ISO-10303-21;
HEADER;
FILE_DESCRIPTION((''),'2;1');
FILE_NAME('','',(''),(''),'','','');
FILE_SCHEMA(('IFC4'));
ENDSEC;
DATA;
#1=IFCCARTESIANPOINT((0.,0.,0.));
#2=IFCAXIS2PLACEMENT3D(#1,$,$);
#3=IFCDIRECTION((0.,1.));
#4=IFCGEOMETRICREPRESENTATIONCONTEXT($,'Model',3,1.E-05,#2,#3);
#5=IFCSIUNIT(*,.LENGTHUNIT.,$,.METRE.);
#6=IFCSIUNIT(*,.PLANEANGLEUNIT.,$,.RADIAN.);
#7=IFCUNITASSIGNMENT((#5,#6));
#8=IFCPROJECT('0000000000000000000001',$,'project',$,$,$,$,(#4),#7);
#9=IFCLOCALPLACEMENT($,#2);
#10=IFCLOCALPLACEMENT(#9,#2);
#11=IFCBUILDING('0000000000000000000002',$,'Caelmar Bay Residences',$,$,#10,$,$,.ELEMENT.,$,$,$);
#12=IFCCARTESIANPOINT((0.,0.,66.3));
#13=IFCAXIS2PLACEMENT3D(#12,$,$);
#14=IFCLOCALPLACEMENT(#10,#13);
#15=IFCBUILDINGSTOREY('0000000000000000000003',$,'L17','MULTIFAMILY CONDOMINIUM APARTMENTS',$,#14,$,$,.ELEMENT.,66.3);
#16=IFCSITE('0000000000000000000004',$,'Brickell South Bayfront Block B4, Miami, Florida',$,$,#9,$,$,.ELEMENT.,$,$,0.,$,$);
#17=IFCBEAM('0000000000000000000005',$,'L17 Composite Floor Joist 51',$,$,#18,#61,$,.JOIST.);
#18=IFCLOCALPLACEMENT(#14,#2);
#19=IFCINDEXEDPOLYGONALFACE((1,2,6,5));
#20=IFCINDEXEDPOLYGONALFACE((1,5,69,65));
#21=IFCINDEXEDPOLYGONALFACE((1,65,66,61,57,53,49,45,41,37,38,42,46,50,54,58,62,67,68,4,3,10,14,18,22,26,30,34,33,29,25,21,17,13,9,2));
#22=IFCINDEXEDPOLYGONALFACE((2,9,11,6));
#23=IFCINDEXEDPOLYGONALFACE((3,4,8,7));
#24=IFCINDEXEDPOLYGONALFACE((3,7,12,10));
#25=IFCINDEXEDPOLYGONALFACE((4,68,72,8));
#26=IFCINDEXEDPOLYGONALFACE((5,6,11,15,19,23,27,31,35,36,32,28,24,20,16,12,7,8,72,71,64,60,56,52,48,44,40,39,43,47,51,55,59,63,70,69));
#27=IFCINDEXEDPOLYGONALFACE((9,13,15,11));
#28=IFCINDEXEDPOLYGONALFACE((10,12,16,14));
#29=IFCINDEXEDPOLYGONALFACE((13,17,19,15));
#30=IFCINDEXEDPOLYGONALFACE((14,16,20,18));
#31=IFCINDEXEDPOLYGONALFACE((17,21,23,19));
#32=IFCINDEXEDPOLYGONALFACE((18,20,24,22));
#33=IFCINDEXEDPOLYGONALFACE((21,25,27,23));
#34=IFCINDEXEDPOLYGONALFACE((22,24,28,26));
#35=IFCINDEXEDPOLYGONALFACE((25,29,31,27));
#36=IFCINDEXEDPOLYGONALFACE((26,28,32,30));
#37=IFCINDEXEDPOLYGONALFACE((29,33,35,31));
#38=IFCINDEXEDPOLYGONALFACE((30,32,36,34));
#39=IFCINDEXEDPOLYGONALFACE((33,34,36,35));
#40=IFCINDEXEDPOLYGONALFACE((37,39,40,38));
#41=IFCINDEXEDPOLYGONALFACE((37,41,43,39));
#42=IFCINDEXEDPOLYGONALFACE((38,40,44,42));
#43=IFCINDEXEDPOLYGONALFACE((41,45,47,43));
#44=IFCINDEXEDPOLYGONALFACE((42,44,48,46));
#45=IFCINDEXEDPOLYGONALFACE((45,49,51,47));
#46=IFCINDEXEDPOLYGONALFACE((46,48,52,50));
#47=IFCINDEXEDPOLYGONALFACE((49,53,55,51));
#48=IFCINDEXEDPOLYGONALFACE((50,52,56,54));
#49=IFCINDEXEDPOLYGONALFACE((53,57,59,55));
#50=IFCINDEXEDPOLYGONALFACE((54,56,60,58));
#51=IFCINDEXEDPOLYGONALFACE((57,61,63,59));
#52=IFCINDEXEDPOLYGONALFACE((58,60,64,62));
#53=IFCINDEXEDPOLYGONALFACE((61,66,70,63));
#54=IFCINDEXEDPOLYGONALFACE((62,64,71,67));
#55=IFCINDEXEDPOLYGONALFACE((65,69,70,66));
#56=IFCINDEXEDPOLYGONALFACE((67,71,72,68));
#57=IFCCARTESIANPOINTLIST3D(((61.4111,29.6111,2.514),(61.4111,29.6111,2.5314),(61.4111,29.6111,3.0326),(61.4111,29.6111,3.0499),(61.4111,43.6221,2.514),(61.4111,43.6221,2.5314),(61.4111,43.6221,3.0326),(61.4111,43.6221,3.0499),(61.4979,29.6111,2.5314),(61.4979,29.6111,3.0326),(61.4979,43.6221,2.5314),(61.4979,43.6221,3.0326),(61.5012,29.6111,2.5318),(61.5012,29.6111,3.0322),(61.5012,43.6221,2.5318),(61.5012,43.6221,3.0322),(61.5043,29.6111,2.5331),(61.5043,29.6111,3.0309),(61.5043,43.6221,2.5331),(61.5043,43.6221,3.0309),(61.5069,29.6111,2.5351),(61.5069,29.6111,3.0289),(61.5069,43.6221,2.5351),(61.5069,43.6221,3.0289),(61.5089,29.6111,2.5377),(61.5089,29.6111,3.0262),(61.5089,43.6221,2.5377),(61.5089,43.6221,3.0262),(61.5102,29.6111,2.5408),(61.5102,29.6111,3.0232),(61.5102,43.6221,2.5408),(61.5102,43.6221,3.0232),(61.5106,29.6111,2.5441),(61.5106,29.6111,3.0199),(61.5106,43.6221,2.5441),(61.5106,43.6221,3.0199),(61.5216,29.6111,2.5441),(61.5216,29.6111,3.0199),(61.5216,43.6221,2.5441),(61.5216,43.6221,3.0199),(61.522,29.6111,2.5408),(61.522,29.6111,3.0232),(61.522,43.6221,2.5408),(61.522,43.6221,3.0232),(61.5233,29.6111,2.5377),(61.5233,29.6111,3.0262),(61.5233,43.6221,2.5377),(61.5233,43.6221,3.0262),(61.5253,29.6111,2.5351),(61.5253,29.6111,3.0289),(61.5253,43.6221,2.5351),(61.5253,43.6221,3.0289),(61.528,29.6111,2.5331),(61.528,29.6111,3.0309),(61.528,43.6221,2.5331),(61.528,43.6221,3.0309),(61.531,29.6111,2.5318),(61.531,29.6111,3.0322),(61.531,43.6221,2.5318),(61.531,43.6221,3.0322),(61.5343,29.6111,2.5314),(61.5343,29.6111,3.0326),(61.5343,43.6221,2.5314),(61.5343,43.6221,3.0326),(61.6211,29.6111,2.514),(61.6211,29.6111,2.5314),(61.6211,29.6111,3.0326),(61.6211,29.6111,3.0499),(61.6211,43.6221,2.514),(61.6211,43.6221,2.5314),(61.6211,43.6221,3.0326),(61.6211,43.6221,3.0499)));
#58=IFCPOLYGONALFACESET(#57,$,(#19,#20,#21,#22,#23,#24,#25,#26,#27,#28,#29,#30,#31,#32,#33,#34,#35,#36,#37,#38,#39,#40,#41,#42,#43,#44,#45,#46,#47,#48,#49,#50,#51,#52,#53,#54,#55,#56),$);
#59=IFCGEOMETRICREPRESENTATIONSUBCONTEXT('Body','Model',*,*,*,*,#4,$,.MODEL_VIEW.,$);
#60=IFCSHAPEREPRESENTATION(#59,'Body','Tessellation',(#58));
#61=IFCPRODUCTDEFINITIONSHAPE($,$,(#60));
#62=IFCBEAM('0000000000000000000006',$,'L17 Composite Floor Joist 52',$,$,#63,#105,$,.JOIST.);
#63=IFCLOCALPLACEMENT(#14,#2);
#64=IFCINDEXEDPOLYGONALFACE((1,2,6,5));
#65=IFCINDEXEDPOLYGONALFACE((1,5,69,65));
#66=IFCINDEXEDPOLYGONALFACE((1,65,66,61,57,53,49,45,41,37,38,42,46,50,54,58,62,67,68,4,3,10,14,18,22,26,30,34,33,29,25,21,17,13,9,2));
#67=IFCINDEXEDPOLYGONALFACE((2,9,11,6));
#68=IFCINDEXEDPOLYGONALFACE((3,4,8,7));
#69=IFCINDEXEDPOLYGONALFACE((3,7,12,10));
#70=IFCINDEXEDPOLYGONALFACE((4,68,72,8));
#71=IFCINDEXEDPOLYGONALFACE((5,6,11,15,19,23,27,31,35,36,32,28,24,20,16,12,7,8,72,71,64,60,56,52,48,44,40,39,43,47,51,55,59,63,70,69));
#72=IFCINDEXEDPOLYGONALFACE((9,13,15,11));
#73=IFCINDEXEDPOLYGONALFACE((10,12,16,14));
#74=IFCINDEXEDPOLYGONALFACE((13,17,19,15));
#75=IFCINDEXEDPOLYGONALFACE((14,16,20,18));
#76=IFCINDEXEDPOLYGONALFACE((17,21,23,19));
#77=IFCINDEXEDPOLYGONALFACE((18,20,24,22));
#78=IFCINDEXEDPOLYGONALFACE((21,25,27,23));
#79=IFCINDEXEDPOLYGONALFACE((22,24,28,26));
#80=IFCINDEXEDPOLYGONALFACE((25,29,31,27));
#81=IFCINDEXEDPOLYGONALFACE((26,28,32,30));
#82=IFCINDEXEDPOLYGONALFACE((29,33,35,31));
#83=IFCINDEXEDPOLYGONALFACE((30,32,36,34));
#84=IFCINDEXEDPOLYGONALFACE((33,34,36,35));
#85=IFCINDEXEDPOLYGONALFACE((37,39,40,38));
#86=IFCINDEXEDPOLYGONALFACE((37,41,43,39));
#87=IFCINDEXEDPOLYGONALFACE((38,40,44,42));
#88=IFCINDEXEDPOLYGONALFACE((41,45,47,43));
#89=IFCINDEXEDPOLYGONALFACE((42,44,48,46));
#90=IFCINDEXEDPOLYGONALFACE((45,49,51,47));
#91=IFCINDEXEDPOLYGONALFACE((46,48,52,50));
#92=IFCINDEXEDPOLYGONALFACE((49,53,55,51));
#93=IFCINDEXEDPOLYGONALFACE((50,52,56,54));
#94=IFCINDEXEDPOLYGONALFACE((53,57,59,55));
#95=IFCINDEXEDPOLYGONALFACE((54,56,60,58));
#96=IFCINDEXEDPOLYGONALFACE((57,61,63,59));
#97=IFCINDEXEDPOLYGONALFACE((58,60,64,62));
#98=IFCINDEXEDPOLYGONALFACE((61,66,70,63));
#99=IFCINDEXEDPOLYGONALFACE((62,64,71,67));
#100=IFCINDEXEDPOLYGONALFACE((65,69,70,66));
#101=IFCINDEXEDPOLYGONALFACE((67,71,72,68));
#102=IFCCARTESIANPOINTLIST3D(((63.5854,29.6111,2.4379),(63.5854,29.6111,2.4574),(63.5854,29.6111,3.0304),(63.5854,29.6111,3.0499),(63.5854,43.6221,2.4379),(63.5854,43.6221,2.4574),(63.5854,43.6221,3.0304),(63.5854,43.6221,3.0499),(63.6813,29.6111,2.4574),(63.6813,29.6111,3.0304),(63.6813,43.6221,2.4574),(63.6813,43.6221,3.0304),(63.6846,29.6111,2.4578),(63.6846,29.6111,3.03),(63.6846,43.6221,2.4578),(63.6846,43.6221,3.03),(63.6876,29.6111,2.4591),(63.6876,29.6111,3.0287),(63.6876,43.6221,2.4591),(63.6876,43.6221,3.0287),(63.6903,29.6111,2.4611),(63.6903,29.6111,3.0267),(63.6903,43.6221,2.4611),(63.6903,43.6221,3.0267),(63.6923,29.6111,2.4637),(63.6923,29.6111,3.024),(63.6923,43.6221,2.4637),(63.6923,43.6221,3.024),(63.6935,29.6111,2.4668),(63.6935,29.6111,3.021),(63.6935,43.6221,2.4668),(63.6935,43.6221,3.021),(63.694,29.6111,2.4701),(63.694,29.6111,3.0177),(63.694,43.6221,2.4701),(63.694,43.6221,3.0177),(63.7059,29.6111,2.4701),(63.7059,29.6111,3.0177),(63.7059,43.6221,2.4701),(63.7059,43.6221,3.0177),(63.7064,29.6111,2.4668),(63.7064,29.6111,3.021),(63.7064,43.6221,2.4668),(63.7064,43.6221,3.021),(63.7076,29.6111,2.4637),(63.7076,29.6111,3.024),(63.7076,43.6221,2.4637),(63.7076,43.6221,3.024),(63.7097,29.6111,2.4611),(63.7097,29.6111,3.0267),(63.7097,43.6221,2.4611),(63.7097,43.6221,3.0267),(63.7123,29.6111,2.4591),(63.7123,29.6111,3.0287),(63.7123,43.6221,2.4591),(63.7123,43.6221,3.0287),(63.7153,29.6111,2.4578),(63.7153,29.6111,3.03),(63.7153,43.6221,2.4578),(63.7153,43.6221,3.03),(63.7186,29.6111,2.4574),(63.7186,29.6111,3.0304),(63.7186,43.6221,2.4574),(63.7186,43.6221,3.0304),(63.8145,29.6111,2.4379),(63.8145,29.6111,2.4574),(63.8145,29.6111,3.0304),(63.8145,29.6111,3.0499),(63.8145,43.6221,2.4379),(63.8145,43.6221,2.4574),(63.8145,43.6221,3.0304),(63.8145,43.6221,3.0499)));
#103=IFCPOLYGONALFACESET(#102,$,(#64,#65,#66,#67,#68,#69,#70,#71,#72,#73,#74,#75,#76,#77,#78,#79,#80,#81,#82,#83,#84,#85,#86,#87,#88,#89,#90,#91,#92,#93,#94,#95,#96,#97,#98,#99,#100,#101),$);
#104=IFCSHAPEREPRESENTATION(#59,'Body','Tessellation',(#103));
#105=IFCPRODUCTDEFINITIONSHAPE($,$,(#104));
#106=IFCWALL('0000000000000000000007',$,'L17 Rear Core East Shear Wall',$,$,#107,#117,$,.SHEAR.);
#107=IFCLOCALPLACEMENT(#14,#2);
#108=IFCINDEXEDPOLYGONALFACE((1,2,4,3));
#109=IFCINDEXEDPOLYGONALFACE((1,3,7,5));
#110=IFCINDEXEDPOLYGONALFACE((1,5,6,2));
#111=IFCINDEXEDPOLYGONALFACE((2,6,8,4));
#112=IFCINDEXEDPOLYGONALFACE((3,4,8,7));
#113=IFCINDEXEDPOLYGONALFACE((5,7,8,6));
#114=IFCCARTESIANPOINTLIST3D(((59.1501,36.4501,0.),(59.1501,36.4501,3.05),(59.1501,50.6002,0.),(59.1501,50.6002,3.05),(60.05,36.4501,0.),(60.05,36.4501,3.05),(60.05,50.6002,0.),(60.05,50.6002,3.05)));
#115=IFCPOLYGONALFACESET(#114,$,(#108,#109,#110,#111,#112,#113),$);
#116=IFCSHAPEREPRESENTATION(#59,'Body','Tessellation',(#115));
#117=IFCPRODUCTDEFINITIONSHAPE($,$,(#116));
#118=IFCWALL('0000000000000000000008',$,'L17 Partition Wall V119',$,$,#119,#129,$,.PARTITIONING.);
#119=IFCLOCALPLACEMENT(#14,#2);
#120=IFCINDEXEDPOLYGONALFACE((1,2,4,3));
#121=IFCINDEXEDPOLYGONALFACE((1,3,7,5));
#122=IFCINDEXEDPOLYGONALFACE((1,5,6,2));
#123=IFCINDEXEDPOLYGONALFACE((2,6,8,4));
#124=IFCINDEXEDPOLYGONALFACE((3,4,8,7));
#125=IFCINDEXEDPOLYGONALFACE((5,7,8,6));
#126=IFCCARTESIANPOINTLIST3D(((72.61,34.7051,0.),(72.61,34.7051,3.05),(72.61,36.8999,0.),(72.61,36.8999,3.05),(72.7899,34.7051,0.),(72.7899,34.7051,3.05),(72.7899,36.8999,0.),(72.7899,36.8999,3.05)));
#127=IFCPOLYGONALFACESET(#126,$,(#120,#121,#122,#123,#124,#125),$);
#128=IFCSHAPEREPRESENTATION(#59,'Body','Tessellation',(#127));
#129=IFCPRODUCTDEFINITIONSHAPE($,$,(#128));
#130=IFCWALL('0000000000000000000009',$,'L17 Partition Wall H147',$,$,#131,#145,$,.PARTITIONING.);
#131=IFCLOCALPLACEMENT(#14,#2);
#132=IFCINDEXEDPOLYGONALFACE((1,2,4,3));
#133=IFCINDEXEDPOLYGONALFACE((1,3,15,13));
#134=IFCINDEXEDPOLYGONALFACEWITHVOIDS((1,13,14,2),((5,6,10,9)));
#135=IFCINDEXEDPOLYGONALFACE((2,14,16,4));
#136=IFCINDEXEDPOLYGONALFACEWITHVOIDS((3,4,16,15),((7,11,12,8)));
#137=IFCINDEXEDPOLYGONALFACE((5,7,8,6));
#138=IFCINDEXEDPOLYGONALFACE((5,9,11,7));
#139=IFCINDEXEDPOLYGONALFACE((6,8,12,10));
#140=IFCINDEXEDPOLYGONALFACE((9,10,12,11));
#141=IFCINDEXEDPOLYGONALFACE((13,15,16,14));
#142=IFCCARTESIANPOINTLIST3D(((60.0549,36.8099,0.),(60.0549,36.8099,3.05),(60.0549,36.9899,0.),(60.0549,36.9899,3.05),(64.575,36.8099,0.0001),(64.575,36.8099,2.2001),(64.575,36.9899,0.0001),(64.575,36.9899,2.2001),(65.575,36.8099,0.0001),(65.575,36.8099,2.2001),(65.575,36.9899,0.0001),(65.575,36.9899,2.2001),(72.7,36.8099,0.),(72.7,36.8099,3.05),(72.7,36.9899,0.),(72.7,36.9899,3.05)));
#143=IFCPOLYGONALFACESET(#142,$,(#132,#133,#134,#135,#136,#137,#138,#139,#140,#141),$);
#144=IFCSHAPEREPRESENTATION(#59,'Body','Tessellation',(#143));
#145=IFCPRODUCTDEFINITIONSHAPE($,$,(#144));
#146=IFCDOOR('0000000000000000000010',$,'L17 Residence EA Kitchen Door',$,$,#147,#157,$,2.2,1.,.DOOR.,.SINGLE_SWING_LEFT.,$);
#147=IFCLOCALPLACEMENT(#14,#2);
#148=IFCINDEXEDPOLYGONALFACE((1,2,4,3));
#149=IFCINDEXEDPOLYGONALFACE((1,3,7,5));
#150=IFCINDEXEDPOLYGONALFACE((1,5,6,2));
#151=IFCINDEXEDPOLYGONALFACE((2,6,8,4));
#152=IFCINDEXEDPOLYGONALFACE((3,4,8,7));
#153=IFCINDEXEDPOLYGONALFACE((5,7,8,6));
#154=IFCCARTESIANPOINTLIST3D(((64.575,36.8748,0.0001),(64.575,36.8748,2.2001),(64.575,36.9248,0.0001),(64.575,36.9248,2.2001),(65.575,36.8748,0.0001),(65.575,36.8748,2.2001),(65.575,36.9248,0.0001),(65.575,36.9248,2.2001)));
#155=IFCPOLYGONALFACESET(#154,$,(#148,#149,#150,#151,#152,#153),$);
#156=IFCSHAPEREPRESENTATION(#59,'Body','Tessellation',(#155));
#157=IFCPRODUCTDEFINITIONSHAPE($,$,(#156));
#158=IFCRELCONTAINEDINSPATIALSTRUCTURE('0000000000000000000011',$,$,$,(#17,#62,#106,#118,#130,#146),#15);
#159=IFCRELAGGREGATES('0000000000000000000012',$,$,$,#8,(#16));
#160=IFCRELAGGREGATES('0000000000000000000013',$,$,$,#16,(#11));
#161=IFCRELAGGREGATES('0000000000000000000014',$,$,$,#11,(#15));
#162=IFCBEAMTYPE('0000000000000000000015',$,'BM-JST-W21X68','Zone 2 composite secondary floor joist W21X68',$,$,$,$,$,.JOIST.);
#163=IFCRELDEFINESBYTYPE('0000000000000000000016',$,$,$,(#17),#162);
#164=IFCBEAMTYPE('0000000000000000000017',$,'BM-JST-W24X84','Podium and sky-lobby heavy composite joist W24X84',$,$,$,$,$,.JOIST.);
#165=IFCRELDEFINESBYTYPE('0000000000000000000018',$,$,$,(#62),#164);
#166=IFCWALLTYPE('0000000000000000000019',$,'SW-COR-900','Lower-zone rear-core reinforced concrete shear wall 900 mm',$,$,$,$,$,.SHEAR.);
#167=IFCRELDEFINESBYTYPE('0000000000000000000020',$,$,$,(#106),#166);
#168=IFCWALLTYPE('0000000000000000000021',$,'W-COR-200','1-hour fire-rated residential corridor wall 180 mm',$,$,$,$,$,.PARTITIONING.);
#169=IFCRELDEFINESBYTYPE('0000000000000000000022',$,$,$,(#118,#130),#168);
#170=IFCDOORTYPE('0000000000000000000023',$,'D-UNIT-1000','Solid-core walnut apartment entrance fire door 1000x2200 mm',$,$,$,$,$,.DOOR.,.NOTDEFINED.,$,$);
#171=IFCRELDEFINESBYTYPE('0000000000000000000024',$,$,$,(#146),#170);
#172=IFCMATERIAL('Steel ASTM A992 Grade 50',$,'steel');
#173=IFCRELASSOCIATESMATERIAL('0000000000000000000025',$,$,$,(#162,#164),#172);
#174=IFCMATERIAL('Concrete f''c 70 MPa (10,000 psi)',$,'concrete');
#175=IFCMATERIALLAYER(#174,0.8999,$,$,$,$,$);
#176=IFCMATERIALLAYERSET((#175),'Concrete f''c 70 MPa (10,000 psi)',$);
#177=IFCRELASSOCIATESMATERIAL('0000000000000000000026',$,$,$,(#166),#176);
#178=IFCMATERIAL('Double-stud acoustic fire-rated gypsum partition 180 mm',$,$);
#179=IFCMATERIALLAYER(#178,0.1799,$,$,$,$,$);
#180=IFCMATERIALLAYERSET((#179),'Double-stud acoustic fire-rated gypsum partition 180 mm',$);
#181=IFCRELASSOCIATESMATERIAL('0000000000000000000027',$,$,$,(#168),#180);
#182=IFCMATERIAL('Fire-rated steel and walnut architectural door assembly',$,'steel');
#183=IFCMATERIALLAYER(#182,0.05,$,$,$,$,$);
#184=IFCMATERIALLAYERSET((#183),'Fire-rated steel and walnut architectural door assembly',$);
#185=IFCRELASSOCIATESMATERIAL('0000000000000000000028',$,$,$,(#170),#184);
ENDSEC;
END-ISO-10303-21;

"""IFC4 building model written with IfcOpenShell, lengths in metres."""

from ifc_helpers import new_model, si_unit, direction, frame, frame_2d, origin, origin_2d, place, context, subcontext, project, spatial, rectangle, i_section, extrude, material, layer, layer_set, material_profile, profile_set, type_object, element, fill, save


model = new_model("IFC4")

# Units and contexts
model_context = context("Model", 3, precision=1e-05, world=origin(), true_north=direction((0.0, 1.0)))
body_context = subcontext(model_context, "Body", "Model", "MODEL_VIEW")
ifc_project = project(units=[si_unit("LENGTHUNIT", "METRE"), si_unit("PLANEANGLEUNIT", "RADIAN")], contexts=[model_context])

# Site, building, storey
site_placement = place(None, origin())
site = spatial("IfcSite", under=ifc_project, at=site_placement, Name="Brickell South Bayfront Block B4, Miami, Florida", CompositionType="ELEMENT", RefElevation=0.0)
building_placement = place(site_placement, origin())
building = spatial("IfcBuilding", under=site, at=building_placement, Name="Caelmar Bay Residences", CompositionType="ELEMENT")
storey_placement = place(building_placement, frame((0.0, 0.0, 66.3)))
storey = spatial("IfcBuildingStorey", under=building, at=storey_placement, Name="L17", Description="MULTIFAMILY CONDOMINIUM APARTMENTS", CompositionType="ELEMENT", Elevation=66.3)

# Shared definitions
ifc_material_1 = material(Name="Concrete f'c 70 MPa (10,000 psi)", Category="concrete")

# Beams
ifc_material_2 = material(Name="Steel ASTM A992 Grade 50", Category="steel")
ifc_material_profile_1 = material_profile(ifc_material_2, i_section(OverallWidth=0.21, OverallDepth=0.5359, WebThickness=0.011, FlangeThickness=0.0173, FilletRadius=0.0127, at=origin_2d()), Name="W21X68")
ifc_profile_set_1 = profile_set([ifc_material_profile_1], Name="Steel ASTM A992 Grade 50")
beam_type_1 = type_object("IfcBeamType", Name="BM-JST-W21X68", Description="Zone 2 composite secondary floor joist W21X68", PredefinedType="JOIST", material=ifc_profile_set_1)
beam_1_placement = place(storey_placement, frame((61.5161, 29.6111, 2.782), z_axis=(0.0, 1.0, 0.0), x_axis=(-1.0, 0.0, 0.0)))
element("IfcBeam", 1, at=beam_1_placement, inside=storey, type_object=beam_type_1, Name="L17 Composite Floor Joist 51", PredefinedType="JOIST", context=body_context, shape_type="SweptSolid", body=[
    extrude(i_section(OverallWidth=0.21, OverallDepth=0.5359, WebThickness=0.011, FlangeThickness=0.0173, FilletRadius=0.0127, at=origin_2d()), origin(), (0.0, 0.0, 1.0), 14.011),
])
ifc_material_profile_2 = material_profile(ifc_material_2, i_section(OverallWidth=0.229, OverallDepth=0.6121, WebThickness=0.012, FlangeThickness=0.0195, FilletRadius=0.0127, at=origin_2d()), Name="W24X84")
ifc_profile_set_2 = profile_set([ifc_material_profile_2], Name="Steel ASTM A992 Grade 50")
beam_type_2 = type_object("IfcBeamType", Name="BM-JST-W24X84", Description="Podium and sky-lobby heavy composite joist W24X84", PredefinedType="JOIST", material=ifc_profile_set_2)
beam_2_placement = place(storey_placement, frame((63.7, 29.6111, 2.7439), z_axis=(0.0, 1.0, 0.0), x_axis=(-1.0, 0.0, 0.0)))
element("IfcBeam", 2, at=beam_2_placement, inside=storey, type_object=beam_type_2, Name="L17 Composite Floor Joist 52", PredefinedType="JOIST", context=body_context, shape_type="SweptSolid", body=[
    extrude(i_section(OverallWidth=0.229, OverallDepth=0.6121, WebThickness=0.012, FlangeThickness=0.0195, FilletRadius=0.0127, at=origin_2d()), origin(), (0.0, 0.0, 1.0), 14.011),
])

# Walls
ifc_layer_1 = layer(ifc_material_1, 0.8999)
ifc_layer_set_1 = layer_set([ifc_layer_1], Name="Concrete f'c 70 MPa (10,000 psi)")
wall_type_1 = type_object("IfcWallType", Name="SW-COR-900", Description="Lower-zone rear-core reinforced concrete shear wall 900 mm", PredefinedType="SHEAR", material=ifc_layer_set_1)
wall_1_placement = place(storey_placement, frame((59.6001, 36.45, 0.0), z_axis=(0.0, 0.0, 1.0), x_axis=(0.0, 1.0, 0.0)))
element("IfcWall", 3, at=wall_1_placement, inside=storey, type_object=wall_type_1, Name="L17 Rear Core East Shear Wall", PredefinedType="SHEAR", context=body_context, shape_type="SweptSolid", body=[
    extrude(rectangle(XDim=14.1501, YDim=0.8999, at=frame_2d((7.0752, 0.0))), origin(), (0.0, 0.0, 1.0), 3.05),
])
ifc_material_3 = material(Name="Double-stud acoustic fire-rated gypsum partition 180 mm")
ifc_layer_2 = layer(ifc_material_3, 0.1799)
ifc_layer_set_2 = layer_set([ifc_layer_2], Name="Double-stud acoustic fire-rated gypsum partition 180 mm")
wall_type_2 = type_object("IfcWallType", Name="W-COR-200", Description="1-hour fire-rated residential corridor wall 180 mm", PredefinedType="PARTITIONING", material=ifc_layer_set_2)
wall_2_placement = place(storey_placement, frame((72.7, 34.7051, 0.0), z_axis=(0.0, 0.0, 1.0), x_axis=(0.0, 1.0, 0.0)))
element("IfcWall", 4, at=wall_2_placement, inside=storey, type_object=wall_type_2, Name="L17 Partition Wall V119", PredefinedType="PARTITIONING", context=body_context, shape_type="SweptSolid", body=[
    extrude(rectangle(XDim=2.1948, YDim=0.1799, at=frame_2d((1.0974, 0.0))), origin(), (0.0, 0.0, 1.0), 3.05),
])

# Wall, opening, door
wall_3_placement = place(storey_placement, frame((60.0549, 36.8999, 0.0), z_axis=(0.0, 0.0, 1.0), x_axis=(1.0, 0.0, 0.0)))
wall_3 = element("IfcWall", 5, at=wall_3_placement, inside=storey, type_object=wall_type_2, Name="L17 Partition Wall H147", PredefinedType="PARTITIONING", context=body_context, shape_type="SweptSolid", body=[
    extrude(rectangle(XDim=12.645, YDim=0.1799, at=frame_2d((6.3225, 0.0))), origin(), (0.0, 0.0, 1.0), 3.05),
])
opening_1_placement = place(wall_3_placement, frame((4.52, 0.0, 0.0)))
opening_1 = element("IfcOpeningElement", 6, at=opening_1_placement, cuts=wall_3, PredefinedType="OPENING", context=body_context, shape_type="SweptSolid", body=[
    extrude(rectangle(XDim=1.0, YDim=2.2, at=frame_2d((0.5, 1.1001))), frame((0.0, 0.0999, 0.0), z_axis=(0.0, -1.0, 0.0), x_axis=(1.0, 0.0, 0.0)), (0.0, 0.0, 1.0), 0.2),
])
ifc_material_4 = material(Name="Fire-rated steel and walnut architectural door assembly", Category="steel")
ifc_layer_3 = layer(ifc_material_4, 0.05)
ifc_layer_set_3 = layer_set([ifc_layer_3], Name="Fire-rated steel and walnut architectural door assembly")
door_type_1 = type_object("IfcDoorType", Name="D-UNIT-1000", Description="Solid-core walnut apartment entrance fire door 1000x2200 mm", OperationType="NOTDEFINED", PredefinedType="DOOR", material=ifc_layer_set_3)
door_1_placement = place(opening_1_placement, origin())
door_1 = element("IfcDoor", 7, at=door_1_placement, inside=storey, type_object=door_type_1, Name="L17 Residence EA Kitchen Door", OperationType="SINGLE_SWING_LEFT", OverallHeight=2.2, OverallWidth=1.0, PredefinedType="DOOR", context=body_context, shape_type="SweptSolid", body=[
    extrude(rectangle(XDim=1.0, YDim=2.2, at=frame_2d((0.5, 1.1001))), frame((0.0, 0.0249, 0.0), z_axis=(0.0, -1.0, 0.0), x_axis=(1.0, 0.0, 0.0)), (0.0, 0.0, 1.0), 0.05),
])
fill(opening_1, door_1)

save(model, "model.ifc")
